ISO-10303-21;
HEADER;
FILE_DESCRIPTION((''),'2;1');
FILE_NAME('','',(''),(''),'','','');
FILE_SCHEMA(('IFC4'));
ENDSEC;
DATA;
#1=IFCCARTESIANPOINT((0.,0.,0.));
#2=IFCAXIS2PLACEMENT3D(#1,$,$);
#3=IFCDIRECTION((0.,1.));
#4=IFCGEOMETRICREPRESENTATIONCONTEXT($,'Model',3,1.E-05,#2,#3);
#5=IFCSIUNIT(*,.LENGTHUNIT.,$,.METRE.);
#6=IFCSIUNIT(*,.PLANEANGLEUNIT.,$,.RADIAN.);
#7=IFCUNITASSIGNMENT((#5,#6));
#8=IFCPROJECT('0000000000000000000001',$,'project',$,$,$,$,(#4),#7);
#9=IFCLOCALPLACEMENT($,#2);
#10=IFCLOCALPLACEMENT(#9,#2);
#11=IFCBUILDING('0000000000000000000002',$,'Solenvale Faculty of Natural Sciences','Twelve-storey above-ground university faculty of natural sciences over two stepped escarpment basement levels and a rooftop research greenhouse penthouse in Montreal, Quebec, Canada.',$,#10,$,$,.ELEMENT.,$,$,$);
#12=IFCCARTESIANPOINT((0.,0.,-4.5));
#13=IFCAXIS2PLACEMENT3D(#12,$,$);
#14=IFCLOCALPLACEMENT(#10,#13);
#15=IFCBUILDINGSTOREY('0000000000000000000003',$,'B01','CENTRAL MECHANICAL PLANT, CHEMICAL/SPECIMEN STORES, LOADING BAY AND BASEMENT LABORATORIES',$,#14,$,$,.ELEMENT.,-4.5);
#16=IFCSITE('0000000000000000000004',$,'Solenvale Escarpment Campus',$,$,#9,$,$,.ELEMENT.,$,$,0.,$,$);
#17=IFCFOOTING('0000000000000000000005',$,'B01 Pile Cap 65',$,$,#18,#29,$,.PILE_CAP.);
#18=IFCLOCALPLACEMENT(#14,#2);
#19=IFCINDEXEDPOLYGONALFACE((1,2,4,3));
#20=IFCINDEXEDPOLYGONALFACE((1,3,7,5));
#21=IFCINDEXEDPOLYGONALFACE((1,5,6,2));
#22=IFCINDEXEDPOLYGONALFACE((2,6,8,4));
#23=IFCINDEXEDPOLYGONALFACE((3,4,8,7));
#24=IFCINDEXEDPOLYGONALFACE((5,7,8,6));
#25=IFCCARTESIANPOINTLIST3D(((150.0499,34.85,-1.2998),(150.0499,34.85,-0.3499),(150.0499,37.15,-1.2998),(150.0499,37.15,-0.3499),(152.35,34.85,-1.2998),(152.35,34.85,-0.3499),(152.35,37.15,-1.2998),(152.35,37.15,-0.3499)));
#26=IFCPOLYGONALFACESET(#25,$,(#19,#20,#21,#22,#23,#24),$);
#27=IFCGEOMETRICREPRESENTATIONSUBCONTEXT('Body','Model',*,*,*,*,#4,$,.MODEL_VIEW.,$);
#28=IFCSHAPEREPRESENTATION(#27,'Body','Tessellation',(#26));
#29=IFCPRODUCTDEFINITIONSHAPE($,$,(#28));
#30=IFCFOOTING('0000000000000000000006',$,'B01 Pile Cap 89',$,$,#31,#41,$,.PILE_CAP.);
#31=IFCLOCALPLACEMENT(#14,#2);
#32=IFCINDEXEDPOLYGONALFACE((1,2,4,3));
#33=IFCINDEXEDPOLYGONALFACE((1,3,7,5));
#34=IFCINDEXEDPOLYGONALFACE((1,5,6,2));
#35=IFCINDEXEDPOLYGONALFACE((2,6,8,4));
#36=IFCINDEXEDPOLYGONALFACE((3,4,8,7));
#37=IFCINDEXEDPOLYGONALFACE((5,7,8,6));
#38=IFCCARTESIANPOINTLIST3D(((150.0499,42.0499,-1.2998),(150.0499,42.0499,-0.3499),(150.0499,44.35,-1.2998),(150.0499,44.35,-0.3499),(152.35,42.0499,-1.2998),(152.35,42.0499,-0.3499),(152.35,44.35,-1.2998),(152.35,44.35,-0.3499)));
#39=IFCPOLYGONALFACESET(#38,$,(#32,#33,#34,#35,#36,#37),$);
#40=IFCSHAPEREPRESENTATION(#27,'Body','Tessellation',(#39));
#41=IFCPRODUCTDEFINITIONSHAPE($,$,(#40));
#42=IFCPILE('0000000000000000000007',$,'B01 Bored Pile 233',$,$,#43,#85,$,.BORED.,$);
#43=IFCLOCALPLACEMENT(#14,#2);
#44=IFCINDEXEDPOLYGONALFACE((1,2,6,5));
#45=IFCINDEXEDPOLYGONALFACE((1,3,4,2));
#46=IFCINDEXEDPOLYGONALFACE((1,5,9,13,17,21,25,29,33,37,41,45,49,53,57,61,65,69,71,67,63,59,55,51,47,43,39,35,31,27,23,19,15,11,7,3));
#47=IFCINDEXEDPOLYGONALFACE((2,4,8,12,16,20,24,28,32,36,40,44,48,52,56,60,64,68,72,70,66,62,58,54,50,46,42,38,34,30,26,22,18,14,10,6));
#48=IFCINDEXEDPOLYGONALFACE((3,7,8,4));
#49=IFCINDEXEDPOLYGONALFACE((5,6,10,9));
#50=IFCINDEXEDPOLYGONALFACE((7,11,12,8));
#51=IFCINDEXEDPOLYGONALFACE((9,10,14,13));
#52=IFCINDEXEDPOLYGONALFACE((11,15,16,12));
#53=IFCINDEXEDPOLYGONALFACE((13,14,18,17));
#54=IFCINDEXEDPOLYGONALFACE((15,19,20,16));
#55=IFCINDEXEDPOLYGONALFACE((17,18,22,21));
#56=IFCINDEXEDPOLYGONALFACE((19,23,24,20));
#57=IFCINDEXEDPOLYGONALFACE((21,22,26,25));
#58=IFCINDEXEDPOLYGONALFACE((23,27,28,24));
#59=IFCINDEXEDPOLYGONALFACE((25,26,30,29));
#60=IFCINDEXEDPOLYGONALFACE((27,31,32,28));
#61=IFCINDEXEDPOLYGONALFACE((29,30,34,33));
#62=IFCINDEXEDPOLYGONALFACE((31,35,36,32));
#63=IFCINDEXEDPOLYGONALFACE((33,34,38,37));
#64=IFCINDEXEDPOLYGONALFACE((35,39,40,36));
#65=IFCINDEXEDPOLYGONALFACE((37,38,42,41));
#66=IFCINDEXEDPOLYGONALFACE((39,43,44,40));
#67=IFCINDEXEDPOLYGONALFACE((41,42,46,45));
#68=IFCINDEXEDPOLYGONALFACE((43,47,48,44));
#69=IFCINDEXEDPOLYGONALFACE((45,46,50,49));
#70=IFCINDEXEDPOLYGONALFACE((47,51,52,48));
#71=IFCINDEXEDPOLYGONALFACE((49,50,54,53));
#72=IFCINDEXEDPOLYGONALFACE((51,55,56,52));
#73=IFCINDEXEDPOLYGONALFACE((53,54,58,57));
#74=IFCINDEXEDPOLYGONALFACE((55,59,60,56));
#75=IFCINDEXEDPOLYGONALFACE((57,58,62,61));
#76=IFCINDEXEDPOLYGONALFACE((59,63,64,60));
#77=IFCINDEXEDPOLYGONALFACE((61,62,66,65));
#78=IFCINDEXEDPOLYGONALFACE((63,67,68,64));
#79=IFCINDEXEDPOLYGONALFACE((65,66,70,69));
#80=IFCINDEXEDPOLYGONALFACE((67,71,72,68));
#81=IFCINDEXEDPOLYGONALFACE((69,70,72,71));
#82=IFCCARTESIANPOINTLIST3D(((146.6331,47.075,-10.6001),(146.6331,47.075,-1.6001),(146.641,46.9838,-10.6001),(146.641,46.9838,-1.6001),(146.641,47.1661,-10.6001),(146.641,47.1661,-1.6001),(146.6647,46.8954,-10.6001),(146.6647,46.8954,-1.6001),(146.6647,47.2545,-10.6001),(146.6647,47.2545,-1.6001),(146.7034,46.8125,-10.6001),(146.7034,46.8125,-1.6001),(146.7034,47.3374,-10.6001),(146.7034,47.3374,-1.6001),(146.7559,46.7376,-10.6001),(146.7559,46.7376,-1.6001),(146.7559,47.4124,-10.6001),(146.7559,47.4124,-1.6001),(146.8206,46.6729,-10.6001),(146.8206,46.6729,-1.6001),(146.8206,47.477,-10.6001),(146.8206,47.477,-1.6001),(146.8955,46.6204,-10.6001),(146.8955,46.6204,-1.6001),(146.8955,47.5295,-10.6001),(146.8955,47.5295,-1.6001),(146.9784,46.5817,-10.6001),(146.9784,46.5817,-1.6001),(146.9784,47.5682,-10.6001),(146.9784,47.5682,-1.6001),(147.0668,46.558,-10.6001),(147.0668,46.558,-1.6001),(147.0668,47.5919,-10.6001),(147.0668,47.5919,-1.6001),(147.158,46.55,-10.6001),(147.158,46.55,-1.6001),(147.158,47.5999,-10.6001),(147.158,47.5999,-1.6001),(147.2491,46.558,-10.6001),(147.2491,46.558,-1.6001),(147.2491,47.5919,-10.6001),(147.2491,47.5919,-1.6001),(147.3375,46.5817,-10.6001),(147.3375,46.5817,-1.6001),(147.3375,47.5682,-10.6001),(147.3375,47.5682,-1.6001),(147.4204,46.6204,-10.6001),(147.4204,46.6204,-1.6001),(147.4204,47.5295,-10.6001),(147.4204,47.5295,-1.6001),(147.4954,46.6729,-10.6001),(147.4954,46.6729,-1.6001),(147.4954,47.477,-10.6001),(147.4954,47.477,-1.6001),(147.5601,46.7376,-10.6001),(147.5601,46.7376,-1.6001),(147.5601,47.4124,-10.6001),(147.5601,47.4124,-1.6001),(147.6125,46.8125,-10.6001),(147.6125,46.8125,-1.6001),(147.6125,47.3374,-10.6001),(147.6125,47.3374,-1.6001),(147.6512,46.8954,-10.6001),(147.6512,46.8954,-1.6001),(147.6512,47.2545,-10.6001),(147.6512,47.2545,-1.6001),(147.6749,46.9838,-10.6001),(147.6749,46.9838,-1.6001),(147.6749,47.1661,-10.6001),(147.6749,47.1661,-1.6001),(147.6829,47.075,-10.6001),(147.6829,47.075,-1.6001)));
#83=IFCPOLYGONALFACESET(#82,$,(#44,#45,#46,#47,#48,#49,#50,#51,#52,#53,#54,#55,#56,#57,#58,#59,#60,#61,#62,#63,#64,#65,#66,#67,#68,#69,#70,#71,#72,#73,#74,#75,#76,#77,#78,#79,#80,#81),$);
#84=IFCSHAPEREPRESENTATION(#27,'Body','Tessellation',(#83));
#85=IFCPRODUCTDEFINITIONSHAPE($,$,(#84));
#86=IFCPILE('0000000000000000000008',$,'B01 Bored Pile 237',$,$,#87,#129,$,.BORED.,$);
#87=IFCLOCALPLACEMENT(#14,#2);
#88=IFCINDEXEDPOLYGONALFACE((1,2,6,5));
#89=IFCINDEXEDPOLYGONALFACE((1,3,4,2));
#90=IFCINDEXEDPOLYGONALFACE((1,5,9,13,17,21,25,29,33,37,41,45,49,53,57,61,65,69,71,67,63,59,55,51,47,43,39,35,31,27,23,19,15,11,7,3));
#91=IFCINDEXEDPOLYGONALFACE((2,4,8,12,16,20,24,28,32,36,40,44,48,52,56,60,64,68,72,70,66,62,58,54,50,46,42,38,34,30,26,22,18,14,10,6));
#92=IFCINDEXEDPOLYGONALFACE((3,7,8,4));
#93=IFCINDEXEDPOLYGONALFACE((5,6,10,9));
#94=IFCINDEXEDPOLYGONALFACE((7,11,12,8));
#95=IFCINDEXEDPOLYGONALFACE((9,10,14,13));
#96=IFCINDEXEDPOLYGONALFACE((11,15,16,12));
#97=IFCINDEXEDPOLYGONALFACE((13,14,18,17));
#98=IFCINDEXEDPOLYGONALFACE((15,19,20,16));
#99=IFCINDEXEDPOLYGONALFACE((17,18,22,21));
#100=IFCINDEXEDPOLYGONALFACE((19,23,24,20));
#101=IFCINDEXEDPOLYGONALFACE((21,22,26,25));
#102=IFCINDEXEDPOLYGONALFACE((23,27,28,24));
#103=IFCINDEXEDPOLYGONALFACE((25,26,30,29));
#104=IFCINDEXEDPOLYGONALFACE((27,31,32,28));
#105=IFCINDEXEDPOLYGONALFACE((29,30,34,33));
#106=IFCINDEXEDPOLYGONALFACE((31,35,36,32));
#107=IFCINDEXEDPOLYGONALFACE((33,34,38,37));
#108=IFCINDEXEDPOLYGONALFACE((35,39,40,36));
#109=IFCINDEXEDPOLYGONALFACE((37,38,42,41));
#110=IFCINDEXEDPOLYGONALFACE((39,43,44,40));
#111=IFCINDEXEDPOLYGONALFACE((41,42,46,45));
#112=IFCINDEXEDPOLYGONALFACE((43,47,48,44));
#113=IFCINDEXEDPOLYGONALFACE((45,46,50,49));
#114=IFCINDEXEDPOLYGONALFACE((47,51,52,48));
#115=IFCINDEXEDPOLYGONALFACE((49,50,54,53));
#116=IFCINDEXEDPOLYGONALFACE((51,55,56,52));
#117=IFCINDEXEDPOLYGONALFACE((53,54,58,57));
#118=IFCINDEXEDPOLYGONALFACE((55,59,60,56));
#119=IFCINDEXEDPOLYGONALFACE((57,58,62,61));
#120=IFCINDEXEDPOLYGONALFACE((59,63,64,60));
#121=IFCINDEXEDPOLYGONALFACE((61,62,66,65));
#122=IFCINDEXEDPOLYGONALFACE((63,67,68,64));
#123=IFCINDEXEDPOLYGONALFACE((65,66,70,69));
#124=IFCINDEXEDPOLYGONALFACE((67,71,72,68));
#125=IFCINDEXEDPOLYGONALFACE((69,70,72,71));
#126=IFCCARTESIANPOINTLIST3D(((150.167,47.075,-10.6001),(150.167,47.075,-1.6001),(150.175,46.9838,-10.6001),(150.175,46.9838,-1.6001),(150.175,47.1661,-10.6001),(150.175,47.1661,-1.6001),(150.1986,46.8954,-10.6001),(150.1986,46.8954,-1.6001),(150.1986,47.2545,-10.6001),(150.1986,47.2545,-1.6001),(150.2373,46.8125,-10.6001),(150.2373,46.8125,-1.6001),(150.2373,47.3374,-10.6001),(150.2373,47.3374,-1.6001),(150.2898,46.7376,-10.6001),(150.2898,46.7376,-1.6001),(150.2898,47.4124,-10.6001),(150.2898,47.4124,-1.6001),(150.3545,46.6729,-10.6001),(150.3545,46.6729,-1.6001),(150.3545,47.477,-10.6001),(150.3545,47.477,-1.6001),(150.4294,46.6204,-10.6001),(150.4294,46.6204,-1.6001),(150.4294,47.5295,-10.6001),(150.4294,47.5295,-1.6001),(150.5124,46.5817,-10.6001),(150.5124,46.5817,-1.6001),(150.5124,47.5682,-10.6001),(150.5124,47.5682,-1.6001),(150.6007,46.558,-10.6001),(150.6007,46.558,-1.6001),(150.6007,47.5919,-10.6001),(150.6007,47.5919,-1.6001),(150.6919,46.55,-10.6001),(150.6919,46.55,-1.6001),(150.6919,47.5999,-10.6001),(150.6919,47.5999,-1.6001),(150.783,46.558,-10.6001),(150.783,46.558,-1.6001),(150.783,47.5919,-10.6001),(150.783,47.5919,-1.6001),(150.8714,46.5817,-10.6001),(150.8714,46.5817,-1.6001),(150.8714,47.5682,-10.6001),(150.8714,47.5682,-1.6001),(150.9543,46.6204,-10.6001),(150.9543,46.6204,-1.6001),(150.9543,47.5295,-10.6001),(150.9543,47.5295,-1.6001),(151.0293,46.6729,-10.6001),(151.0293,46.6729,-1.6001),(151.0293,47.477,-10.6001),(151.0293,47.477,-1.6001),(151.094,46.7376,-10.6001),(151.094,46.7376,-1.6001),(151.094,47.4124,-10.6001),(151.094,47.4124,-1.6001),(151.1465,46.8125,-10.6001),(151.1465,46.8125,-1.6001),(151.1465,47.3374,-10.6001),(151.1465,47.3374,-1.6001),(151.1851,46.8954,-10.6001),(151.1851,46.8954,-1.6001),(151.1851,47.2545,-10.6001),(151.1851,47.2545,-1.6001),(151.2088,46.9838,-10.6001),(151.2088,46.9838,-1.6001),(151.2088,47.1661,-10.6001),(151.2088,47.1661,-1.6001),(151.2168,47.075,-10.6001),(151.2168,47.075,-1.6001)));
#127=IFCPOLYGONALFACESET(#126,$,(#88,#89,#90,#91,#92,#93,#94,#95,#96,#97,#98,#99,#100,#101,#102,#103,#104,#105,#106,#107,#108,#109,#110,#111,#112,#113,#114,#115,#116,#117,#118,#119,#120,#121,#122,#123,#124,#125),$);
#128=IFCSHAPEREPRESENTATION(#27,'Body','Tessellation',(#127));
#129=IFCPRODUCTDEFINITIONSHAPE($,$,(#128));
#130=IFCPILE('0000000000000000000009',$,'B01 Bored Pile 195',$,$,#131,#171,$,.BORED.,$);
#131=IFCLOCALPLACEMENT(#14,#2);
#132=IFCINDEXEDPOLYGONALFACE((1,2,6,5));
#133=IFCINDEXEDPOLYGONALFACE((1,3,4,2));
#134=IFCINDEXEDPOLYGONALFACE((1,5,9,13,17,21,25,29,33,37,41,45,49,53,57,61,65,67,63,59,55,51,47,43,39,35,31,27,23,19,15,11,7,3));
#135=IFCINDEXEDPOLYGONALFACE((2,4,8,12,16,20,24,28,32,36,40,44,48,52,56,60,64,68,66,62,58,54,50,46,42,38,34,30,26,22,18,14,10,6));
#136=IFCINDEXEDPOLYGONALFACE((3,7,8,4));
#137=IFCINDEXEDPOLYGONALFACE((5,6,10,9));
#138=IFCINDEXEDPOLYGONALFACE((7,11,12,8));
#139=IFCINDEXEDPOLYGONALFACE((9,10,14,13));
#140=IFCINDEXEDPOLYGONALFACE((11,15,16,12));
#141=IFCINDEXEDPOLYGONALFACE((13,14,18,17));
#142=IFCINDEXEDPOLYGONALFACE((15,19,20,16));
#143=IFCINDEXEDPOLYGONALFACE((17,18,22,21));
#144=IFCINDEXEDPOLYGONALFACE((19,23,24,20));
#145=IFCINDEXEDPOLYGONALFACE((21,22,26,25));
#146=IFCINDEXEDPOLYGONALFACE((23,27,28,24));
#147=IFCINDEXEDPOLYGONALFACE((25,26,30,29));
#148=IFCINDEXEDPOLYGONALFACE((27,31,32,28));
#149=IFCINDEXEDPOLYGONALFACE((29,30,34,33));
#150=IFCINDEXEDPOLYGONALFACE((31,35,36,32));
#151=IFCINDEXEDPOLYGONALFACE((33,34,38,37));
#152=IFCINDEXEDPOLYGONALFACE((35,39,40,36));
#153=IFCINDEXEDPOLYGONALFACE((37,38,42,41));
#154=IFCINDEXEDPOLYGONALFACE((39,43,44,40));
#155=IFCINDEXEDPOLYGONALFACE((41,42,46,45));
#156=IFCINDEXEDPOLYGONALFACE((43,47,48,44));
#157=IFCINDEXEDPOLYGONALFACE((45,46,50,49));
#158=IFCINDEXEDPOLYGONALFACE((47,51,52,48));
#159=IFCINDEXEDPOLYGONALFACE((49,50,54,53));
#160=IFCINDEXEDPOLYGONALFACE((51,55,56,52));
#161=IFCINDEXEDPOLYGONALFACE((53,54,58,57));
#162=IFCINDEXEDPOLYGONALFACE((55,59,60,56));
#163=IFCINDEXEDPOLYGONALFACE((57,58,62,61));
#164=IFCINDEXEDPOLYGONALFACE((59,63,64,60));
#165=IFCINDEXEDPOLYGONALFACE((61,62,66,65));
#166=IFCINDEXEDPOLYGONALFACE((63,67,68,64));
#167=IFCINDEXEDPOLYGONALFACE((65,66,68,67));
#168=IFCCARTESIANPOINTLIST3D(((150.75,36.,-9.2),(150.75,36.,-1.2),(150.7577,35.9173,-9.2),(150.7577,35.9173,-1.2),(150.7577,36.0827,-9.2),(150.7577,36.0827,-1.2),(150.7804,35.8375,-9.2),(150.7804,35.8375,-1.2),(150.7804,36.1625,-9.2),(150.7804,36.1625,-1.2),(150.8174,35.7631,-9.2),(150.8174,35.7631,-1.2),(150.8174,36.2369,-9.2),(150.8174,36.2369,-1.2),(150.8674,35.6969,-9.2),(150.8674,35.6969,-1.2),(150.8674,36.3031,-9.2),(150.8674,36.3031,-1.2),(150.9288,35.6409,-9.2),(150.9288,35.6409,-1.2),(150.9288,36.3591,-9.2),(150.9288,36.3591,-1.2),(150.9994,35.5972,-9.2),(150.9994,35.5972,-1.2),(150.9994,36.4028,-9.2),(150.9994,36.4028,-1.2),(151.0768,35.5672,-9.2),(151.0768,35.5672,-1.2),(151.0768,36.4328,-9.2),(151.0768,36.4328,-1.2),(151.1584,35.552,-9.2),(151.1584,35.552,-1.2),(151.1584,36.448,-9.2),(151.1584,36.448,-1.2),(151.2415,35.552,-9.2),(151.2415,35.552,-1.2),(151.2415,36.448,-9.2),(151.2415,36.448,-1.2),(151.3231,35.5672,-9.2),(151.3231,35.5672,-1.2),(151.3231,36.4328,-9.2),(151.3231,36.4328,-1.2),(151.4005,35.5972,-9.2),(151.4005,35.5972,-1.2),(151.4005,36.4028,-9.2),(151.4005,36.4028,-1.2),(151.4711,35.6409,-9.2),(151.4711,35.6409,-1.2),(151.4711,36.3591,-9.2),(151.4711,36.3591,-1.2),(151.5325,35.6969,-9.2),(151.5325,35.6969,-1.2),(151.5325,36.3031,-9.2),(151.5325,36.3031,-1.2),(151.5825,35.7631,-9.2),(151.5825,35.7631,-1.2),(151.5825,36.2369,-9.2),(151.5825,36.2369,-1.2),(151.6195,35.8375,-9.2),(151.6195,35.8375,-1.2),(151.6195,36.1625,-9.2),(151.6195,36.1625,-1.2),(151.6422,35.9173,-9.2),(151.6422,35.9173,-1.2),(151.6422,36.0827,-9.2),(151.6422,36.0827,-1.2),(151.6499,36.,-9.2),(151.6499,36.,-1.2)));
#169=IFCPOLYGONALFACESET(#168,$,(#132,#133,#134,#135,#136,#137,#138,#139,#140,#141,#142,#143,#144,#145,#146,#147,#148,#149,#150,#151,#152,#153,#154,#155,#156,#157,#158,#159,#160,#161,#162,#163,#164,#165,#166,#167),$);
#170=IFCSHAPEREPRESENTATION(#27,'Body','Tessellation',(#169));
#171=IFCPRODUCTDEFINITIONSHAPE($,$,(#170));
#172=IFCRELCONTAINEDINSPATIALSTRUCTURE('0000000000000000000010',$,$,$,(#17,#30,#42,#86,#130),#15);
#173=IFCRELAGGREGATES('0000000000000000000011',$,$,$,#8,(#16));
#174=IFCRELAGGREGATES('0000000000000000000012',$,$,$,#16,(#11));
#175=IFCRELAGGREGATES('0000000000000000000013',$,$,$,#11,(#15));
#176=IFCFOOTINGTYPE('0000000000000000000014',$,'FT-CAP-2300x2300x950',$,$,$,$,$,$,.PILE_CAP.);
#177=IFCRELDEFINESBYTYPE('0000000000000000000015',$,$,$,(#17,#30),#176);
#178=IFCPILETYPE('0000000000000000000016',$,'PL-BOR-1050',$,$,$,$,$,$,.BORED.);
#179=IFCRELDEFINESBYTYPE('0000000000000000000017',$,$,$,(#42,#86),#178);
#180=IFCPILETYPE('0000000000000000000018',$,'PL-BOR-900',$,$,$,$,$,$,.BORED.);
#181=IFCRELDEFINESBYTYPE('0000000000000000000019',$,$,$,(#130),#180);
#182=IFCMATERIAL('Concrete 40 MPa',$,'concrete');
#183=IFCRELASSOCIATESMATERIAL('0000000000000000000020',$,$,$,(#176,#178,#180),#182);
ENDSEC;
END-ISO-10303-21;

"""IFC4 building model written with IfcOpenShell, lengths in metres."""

from ifc_helpers import new_model, si_unit, direction, frame, origin, origin_2d, place, context, subcontext, project, spatial, rectangle, circle, extrude, material, material_profile, profile_set, type_object, element, save


model = new_model("IFC4")

# Units and contexts
model_context = context("Model", 3, precision=1e-05, world=origin(), true_north=direction((0.0, 1.0)))
body_context = subcontext(model_context, "Body", "Model", "MODEL_VIEW")
ifc_project = project(units=[si_unit("LENGTHUNIT", "METRE"), si_unit("PLANEANGLEUNIT", "RADIAN")], contexts=[model_context])

# Site, building, storey
site_placement = place(None, origin())
site = spatial("IfcSite", under=ifc_project, at=site_placement, Name="Solenvale Escarpment Campus", CompositionType="ELEMENT", RefElevation=0.0)
building_placement = place(site_placement, origin())
building = spatial("IfcBuilding", under=site, at=building_placement, Name="Solenvale Faculty of Natural Sciences", Description="Twelve-storey above-ground university faculty of natural sciences over two stepped escarpment basement levels and a rooftop research greenhouse penthouse in Montreal, Quebec, Canada.", CompositionType="ELEMENT")
storey_placement = place(building_placement, frame((0.0, 0.0, -4.5)))
storey = spatial("IfcBuildingStorey", under=building, at=storey_placement, Name="B01", Description="CENTRAL MECHANICAL PLANT, CHEMICAL/SPECIMEN STORES, LOADING BAY AND BASEMENT LABORATORIES", CompositionType="ELEMENT", Elevation=-4.5)

# Footings
ifc_material_1 = material(Name="Concrete 40 MPa", Category="concrete")
footing_type = type_object("IfcFootingType", Name="FT-CAP-2300x2300x950", PredefinedType="PILE_CAP", material=ifc_material_1)
for number, where, z_axis, x_axis, name in (
    (1, (151.2, 36.0, -1.2998), (0.0, 0.0, 1.0), (1.0, 0.0, 0.0), "B01 Pile Cap 65"),
    (2, (151.2, 43.2, -1.2998), (0.0, 0.0, 1.0), (1.0, 0.0, 0.0), "B01 Pile Cap 89"),
):
    element("IfcFooting", number, at=place(storey_placement, frame(where, z_axis=z_axis, x_axis=x_axis)), inside=storey, type_object=footing_type, Name=name, PredefinedType="PILE_CAP", context=body_context, shape_type="SweptSolid", body=[
        extrude(rectangle(XDim=2.3, YDim=2.3, at=origin_2d()), origin(), (0.0, 0.0, 1.0), 0.95),
    ])

# Piles
ifc_material_profile_1 = material_profile(ifc_material_1, circle(Radius=0.5249, at=origin_2d()), Name="PILE-D1050")
ifc_profile_set_1 = profile_set([ifc_material_profile_1], Name="Concrete 40 MPa")
pile_type_1 = type_object("IfcPileType", Name="PL-BOR-1050", PredefinedType="BORED", material=ifc_profile_set_1)
for number, where, z_axis, x_axis, name in (
    (3, (147.158, 47.075, -1.6001), (0.0, 0.0, -1.0), (1.0, 0.0, 0.0), "B01 Bored Pile 233"),
    (4, (150.6919, 47.075, -1.6001), (0.0, 0.0, -1.0), (1.0, 0.0, 0.0), "B01 Bored Pile 237"),
):
    element("IfcPile", number, at=place(storey_placement, frame(where, z_axis=z_axis, x_axis=x_axis)), inside=storey, type_object=pile_type_1, Name=name, PredefinedType="BORED", context=body_context, shape_type="SweptSolid", body=[
        extrude(circle(Radius=0.5249, at=origin_2d()), origin(), (0.0, 0.0, 1.0), 9.0),
    ])
ifc_material_profile_2 = material_profile(ifc_material_1, circle(Radius=0.45, at=origin_2d()), Name="PILE-D900")
ifc_profile_set_2 = profile_set([ifc_material_profile_2], Name="Concrete 40 MPa")
pile_type_2 = type_object("IfcPileType", Name="PL-BOR-900", PredefinedType="BORED", material=ifc_profile_set_2)
for number, where, z_axis, x_axis, name in (
    (5, (151.2, 36.0, -1.2), (0.0, 0.0, -1.0), (1.0, 0.0, 0.0), "B01 Bored Pile 195"),
):
    element("IfcPile", number, at=place(storey_placement, frame(where, z_axis=z_axis, x_axis=x_axis)), inside=storey, type_object=pile_type_2, Name=name, PredefinedType="BORED", context=body_context, shape_type="SweptSolid", body=[
        extrude(circle(Radius=0.45, at=origin_2d()), origin(), (0.0, 0.0, 1.0), 8.0),
    ])

save(model, "model.ifc")
